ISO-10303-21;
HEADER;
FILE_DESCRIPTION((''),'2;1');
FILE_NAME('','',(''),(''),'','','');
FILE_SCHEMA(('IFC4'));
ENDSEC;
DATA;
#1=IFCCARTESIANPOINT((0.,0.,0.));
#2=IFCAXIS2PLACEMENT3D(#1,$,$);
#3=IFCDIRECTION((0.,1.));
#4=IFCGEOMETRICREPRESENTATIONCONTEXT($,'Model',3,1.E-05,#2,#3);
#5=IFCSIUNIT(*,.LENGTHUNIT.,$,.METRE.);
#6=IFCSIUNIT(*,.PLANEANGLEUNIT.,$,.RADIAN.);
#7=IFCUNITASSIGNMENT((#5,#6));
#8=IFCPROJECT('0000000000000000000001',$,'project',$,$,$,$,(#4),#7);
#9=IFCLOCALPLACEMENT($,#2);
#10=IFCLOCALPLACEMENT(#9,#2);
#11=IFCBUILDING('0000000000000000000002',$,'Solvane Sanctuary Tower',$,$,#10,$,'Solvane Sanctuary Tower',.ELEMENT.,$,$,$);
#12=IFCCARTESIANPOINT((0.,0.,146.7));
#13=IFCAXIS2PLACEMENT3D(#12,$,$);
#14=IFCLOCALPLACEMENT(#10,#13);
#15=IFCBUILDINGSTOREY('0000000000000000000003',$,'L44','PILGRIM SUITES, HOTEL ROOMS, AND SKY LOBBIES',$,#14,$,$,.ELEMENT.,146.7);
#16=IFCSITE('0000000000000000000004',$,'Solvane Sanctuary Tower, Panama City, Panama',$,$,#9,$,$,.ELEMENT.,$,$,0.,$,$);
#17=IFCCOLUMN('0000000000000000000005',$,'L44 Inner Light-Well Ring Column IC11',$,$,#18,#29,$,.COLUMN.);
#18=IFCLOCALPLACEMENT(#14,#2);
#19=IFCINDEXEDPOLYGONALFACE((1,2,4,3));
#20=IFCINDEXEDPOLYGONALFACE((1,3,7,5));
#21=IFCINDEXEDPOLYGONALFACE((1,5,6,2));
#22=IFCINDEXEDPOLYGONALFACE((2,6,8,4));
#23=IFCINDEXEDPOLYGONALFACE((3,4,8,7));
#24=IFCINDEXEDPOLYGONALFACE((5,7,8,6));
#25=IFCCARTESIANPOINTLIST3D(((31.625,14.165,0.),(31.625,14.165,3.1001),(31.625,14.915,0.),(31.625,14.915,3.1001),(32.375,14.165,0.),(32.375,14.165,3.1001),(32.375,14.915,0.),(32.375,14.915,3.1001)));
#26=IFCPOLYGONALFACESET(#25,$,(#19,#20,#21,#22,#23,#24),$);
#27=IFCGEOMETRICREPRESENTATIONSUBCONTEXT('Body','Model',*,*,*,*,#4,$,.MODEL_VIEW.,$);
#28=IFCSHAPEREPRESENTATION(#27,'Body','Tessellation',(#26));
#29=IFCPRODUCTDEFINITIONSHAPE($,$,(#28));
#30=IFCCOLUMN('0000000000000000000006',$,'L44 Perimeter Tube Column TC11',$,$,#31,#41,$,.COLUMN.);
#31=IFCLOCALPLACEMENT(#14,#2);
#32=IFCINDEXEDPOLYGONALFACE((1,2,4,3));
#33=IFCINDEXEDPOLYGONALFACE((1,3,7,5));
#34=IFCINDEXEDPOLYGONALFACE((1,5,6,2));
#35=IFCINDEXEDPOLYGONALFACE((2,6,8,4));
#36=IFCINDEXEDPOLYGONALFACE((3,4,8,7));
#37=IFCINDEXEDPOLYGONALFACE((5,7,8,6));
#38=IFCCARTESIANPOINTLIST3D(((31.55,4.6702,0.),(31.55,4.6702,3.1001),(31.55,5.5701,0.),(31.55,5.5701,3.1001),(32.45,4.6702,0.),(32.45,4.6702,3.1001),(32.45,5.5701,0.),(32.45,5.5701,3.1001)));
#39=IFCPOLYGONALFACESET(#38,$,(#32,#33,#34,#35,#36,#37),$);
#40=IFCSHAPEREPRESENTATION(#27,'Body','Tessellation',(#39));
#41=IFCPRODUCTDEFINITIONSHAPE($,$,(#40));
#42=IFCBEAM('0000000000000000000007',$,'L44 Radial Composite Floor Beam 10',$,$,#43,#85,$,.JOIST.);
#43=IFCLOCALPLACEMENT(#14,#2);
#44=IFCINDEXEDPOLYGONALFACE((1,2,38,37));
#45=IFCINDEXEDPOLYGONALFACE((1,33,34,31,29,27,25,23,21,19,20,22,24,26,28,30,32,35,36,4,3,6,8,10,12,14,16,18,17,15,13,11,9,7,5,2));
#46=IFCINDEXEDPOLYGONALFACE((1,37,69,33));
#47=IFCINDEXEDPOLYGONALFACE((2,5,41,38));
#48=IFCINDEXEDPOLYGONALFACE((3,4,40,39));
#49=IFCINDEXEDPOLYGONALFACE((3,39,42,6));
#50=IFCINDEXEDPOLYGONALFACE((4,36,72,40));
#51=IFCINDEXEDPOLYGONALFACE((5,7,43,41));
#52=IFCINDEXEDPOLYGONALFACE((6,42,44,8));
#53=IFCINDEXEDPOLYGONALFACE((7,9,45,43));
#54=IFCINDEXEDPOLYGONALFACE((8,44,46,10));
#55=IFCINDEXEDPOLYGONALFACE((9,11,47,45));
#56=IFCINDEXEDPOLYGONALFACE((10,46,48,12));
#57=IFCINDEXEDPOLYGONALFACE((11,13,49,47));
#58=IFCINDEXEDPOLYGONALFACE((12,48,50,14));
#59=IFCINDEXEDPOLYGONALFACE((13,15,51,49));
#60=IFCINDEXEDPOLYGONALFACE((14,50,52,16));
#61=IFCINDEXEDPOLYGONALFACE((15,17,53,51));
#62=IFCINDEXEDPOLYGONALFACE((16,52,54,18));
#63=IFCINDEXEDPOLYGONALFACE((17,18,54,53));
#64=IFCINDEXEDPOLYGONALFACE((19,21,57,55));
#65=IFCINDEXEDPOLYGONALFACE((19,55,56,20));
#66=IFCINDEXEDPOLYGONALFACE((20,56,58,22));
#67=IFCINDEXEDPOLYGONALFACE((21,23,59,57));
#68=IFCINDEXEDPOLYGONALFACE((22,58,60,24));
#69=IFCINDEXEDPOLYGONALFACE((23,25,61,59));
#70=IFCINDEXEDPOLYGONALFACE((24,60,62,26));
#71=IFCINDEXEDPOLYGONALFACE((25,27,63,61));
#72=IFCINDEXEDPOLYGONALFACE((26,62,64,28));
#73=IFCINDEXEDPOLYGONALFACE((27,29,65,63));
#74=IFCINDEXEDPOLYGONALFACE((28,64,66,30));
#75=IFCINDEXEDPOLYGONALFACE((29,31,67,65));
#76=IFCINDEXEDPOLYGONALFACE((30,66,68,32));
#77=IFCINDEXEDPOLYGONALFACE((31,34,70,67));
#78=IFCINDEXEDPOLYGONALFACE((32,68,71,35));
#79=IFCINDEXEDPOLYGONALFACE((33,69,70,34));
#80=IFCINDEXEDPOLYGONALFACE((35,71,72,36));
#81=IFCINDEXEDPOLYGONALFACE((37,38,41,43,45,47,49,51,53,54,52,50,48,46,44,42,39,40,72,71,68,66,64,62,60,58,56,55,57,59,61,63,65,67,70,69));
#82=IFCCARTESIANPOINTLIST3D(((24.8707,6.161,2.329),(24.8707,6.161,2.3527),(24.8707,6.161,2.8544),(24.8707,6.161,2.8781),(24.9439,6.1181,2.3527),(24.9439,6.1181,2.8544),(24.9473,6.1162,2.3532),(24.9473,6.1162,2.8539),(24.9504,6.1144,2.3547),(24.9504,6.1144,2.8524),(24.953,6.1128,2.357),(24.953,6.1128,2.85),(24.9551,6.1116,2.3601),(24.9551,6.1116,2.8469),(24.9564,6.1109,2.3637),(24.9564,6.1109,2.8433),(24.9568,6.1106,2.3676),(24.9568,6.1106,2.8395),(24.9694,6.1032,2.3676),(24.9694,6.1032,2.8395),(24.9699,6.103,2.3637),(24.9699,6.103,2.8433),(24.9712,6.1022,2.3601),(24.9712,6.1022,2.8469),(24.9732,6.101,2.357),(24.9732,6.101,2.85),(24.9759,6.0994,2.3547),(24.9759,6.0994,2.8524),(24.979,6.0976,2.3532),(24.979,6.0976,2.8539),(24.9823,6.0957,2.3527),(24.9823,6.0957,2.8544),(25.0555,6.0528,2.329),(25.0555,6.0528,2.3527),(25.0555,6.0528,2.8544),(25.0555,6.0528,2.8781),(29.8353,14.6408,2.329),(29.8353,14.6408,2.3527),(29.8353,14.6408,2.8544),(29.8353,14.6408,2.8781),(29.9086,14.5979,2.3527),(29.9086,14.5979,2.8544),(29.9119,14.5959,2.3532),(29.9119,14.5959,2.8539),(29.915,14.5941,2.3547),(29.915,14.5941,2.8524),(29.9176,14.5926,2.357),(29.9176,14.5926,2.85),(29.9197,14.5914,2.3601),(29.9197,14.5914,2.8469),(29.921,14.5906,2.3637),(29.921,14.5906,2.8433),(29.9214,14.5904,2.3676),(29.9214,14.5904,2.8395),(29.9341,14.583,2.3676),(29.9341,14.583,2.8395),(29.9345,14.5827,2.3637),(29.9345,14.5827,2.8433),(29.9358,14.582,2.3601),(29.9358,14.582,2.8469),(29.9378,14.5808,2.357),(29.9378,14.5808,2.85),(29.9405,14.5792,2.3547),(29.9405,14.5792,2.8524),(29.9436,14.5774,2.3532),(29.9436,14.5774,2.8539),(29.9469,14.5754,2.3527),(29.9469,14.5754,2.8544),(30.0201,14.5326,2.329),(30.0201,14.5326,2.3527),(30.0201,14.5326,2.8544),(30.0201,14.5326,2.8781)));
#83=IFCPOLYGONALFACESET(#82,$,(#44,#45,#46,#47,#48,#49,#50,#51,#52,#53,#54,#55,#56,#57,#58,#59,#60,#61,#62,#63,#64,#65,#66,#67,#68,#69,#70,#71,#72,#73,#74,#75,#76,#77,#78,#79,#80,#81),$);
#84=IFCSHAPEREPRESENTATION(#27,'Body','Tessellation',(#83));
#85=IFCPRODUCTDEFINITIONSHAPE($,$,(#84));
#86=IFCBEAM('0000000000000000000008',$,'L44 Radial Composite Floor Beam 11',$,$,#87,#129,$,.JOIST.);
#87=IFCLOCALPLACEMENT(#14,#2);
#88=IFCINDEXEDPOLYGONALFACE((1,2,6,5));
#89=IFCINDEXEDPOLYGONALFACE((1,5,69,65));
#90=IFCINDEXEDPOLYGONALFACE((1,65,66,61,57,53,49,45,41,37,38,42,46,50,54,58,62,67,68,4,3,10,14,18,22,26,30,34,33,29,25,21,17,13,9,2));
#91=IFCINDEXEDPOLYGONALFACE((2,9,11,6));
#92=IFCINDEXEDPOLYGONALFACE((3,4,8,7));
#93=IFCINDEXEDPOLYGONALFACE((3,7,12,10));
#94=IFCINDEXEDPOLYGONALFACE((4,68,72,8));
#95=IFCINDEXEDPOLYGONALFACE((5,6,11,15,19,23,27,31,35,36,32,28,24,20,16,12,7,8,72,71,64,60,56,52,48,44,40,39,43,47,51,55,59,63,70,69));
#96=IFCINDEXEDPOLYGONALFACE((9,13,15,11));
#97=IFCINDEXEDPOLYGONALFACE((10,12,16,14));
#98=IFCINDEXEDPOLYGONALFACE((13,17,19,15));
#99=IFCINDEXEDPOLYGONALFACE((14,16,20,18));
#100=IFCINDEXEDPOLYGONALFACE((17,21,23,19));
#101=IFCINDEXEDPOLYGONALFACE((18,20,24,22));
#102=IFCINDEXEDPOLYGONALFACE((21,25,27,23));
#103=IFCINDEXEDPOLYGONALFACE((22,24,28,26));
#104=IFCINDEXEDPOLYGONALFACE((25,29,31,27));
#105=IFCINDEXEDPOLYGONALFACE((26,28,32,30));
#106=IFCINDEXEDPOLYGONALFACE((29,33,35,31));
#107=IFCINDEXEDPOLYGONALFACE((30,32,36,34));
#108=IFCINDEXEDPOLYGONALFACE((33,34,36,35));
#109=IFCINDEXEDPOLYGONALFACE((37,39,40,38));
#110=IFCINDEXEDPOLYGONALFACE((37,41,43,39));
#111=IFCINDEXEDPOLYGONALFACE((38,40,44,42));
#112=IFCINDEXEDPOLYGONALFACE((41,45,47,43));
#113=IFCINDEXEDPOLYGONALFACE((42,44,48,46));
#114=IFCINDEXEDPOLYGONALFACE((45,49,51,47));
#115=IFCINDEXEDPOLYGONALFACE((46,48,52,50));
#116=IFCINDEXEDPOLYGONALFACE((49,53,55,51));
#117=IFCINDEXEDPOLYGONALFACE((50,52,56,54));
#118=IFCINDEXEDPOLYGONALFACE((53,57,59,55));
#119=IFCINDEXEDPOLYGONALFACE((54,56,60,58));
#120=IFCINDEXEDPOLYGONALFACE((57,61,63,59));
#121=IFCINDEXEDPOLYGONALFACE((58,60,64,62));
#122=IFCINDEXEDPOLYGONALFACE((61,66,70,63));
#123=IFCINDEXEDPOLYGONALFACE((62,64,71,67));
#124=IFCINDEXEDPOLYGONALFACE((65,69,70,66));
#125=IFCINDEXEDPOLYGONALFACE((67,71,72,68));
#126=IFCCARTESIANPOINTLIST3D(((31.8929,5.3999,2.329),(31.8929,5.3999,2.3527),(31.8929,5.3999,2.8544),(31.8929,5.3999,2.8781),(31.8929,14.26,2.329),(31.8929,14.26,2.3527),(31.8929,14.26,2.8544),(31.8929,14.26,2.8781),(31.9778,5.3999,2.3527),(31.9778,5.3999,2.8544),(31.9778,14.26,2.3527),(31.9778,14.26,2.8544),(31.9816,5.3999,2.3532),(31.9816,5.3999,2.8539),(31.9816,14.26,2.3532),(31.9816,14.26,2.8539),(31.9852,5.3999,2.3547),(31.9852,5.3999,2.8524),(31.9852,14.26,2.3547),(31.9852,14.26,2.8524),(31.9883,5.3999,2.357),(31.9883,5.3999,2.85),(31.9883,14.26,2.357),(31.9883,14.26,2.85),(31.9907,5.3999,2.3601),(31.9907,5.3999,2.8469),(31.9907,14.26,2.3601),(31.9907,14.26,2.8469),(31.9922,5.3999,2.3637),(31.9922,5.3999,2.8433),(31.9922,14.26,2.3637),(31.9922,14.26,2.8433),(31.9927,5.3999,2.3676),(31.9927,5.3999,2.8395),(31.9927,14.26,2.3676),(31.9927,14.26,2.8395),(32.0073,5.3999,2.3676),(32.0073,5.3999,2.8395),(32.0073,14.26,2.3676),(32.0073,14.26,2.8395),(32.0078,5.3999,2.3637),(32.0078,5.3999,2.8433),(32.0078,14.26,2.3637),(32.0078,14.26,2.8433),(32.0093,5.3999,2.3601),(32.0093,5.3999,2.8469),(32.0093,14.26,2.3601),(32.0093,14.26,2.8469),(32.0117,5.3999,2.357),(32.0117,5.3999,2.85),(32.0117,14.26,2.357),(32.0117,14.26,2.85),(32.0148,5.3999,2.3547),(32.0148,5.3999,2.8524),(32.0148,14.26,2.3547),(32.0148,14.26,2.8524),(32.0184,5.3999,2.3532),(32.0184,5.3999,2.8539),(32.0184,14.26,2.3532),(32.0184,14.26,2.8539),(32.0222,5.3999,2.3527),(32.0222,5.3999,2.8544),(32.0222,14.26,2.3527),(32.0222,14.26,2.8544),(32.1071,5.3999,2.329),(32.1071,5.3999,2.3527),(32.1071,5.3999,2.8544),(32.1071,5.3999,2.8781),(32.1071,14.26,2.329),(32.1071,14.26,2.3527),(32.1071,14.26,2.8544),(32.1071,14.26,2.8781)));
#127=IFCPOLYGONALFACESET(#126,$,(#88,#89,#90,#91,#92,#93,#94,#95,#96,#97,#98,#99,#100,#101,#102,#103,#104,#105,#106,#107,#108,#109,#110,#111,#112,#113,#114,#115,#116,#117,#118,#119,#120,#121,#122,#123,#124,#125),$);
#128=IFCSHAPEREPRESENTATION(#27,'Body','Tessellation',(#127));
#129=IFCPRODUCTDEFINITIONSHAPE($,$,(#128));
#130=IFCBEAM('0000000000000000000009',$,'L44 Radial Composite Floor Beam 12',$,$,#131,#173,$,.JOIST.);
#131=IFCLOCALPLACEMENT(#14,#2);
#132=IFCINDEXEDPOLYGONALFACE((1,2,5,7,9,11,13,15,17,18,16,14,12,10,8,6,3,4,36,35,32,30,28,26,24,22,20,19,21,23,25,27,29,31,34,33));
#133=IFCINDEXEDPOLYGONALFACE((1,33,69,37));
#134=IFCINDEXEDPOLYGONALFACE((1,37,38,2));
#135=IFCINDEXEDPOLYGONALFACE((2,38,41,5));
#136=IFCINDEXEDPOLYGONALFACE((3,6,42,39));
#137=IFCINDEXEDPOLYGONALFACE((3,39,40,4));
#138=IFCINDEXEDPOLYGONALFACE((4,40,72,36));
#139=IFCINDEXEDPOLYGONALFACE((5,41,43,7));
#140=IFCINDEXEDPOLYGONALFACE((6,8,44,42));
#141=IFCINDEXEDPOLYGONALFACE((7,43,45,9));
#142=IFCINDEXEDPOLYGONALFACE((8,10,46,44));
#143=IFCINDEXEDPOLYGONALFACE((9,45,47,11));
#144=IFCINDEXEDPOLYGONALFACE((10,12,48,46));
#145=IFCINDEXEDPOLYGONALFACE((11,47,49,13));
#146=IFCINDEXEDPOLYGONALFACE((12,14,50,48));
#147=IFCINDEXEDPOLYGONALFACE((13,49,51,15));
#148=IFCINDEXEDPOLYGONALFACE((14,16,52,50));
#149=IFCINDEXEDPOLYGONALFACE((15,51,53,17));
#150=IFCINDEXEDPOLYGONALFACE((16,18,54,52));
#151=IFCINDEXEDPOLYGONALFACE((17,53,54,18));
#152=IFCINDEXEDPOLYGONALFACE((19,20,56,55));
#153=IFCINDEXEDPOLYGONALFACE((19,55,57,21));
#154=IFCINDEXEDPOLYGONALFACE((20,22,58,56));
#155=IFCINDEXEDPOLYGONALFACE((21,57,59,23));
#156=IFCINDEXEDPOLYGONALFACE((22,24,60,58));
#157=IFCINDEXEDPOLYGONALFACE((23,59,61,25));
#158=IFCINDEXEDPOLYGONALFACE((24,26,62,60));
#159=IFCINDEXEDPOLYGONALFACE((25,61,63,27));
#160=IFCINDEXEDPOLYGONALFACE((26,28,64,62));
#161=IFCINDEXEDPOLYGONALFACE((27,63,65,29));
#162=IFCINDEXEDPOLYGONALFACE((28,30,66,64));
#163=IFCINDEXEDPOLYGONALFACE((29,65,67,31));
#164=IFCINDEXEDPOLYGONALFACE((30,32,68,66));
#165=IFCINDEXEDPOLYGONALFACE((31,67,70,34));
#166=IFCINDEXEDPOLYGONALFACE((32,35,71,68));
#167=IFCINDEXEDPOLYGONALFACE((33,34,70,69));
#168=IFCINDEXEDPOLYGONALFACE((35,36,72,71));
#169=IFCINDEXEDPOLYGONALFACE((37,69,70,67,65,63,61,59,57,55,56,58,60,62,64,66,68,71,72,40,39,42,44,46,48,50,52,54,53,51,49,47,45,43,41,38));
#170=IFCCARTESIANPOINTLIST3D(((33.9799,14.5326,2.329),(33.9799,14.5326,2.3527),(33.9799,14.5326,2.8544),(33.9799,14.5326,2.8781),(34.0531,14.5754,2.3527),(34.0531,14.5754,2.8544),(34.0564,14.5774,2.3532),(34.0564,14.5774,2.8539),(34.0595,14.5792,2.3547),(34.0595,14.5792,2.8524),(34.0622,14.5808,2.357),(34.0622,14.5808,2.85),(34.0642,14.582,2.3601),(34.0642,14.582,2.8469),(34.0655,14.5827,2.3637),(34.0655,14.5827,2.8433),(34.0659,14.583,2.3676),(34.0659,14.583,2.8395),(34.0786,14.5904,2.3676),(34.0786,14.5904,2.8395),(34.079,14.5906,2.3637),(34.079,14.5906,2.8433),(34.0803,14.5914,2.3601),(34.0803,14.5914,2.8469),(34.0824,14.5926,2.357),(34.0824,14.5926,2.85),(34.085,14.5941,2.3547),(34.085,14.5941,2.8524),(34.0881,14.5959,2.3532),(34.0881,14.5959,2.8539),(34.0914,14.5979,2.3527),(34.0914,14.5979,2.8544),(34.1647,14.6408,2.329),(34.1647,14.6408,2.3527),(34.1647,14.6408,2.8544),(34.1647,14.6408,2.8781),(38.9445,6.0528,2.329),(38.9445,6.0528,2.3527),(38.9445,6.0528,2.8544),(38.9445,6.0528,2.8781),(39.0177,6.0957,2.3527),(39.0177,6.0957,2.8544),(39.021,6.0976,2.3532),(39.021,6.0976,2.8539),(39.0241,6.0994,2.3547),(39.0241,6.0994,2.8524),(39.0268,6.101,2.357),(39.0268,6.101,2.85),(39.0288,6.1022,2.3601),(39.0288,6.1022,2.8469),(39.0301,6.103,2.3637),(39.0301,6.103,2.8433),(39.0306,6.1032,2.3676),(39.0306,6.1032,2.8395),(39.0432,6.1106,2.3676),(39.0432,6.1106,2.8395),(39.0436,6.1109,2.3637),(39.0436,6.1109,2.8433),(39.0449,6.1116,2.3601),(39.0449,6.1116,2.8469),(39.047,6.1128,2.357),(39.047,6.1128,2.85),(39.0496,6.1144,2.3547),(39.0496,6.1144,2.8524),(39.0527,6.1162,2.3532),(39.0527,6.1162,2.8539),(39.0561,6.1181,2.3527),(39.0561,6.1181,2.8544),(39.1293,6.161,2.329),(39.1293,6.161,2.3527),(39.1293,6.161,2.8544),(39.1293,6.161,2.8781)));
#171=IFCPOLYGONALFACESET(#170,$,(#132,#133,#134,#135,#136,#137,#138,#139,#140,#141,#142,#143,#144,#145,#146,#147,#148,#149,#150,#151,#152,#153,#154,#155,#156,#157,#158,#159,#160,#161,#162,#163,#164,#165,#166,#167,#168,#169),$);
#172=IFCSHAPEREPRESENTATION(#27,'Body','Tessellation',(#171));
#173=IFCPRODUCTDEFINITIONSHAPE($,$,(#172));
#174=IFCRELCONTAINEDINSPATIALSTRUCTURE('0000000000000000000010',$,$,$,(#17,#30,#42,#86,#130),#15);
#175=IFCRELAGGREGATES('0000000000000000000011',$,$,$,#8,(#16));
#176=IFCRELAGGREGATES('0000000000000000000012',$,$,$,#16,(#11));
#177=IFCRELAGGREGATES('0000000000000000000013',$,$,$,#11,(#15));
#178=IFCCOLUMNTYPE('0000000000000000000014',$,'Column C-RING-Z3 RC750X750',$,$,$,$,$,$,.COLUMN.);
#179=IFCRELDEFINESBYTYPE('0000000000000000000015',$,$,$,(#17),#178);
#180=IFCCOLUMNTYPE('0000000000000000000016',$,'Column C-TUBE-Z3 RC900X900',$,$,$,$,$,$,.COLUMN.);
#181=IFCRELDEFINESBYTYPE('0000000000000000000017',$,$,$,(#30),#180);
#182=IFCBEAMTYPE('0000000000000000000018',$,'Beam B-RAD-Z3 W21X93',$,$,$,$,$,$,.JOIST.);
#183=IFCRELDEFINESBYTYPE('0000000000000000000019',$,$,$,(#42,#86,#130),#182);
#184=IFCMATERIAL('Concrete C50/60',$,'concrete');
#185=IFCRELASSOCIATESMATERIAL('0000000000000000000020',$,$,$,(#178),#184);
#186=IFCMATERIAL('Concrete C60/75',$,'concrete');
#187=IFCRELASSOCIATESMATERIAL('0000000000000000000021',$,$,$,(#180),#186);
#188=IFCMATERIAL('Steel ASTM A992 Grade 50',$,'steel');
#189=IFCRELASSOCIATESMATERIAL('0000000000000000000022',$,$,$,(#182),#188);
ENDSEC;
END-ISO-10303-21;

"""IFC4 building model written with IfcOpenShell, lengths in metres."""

from ifc_helpers import new_model, si_unit, direction, frame, origin, origin_2d, place, context, subcontext, project, spatial, rectangle, i_section, extrude, material, material_profile, profile_set, type_object, element, save


model = new_model("IFC4")

# Units and contexts
model_context = context("Model", 3, precision=1e-05, world=origin(), true_north=direction((0.0, 1.0)))
body_context = subcontext(model_context, "Body", "Model", "MODEL_VIEW")
ifc_project = project(units=[si_unit("LENGTHUNIT", "METRE"), si_unit("PLANEANGLEUNIT", "RADIAN")], contexts=[model_context])

# Site, building, storey
site_placement = place(None, origin())
site = spatial("IfcSite", under=ifc_project, at=site_placement, Name="Solvane Sanctuary Tower, Panama City, Panama", CompositionType="ELEMENT", RefElevation=0.0)
building_placement = place(site_placement, origin())
building = spatial("IfcBuilding", under=site, at=building_placement, Name="Solvane Sanctuary Tower", LongName="Solvane Sanctuary Tower", CompositionType="ELEMENT")
storey_placement = place(building_placement, frame((0.0, 0.0, 146.7)))
storey = spatial("IfcBuildingStorey", under=building, at=storey_placement, Name="L44", Description="PILGRIM SUITES, HOTEL ROOMS, AND SKY LOBBIES", CompositionType="ELEMENT", Elevation=146.7)

# Columns
ifc_material_1 = material(Name="Concrete C50/60", Category="concrete")
ifc_material_profile_1 = material_profile(ifc_material_1, rectangle(XDim=0.75, YDim=0.75, at=origin_2d()), Name="RC750X750")
ifc_profile_set_1 = profile_set([ifc_material_profile_1], Name="Concrete C50/60")
column_type_1 = type_object("IfcColumnType", Name="Column C-RING-Z3 RC750X750", PredefinedType="COLUMN", material=ifc_profile_set_1)
column_1_placement = place(storey_placement, frame((32.0, 14.54, 0.0), z_axis=(0.0, 0.0, 1.0), x_axis=(1.0, 0.0, 0.0)))
element("IfcColumn", 1, at=column_1_placement, inside=storey, type_object=column_type_1, Name="L44 Inner Light-Well Ring Column IC11", PredefinedType="COLUMN", context=body_context, shape_type="SweptSolid", body=[
    extrude(rectangle(XDim=0.75, YDim=0.75, at=origin_2d()), origin(), (0.0, 0.0, 1.0), 3.1001),
])
ifc_material_2 = material(Name="Concrete C60/75", Category="concrete")
ifc_material_profile_2 = material_profile(ifc_material_2, rectangle(XDim=0.8999, YDim=0.8999, at=origin_2d()), Name="RC900X900")
ifc_profile_set_2 = profile_set([ifc_material_profile_2], Name="Concrete C60/75")
column_type_2 = type_object("IfcColumnType", Name="Column C-TUBE-Z3 RC900X900", PredefinedType="COLUMN", material=ifc_profile_set_2)
column_2_placement = place(storey_placement, frame((32.0, 5.1201, 0.0), z_axis=(0.0, 0.0, 1.0), x_axis=(0.0, -1.0, 0.0)))
element("IfcColumn", 2, at=column_2_placement, inside=storey, type_object=column_type_2, Name="L44 Perimeter Tube Column TC11", PredefinedType="COLUMN", context=body_context, shape_type="SweptSolid", body=[
    extrude(rectangle(XDim=0.8999, YDim=0.8999, at=origin_2d()), origin(), (0.0, 0.0, 1.0), 3.1001),
])

# Beams
ifc_material_3 = material(Name="Steel ASTM A992 Grade 50", Category="steel")
ifc_material_profile_3 = material_profile(ifc_material_3, i_section(OverallWidth=0.2141, OverallDepth=0.5491, WebThickness=0.0146, FlangeThickness=0.0237, FilletRadius=0.0149, at=origin_2d()), Name="W21X93")
ifc_profile_set_3 = profile_set([ifc_material_profile_3], Name="Steel ASTM A992 Grade 50")
beam_type_1 = type_object("IfcBeamType", Name="Beam B-RAD-Z3 W21X93", PredefinedType="JOIST", material=ifc_profile_set_3)
beam_1_placement = place(storey_placement, frame((29.9277, 14.5867, 2.6035), z_axis=(-0.505244, -0.862977, 0.0), x_axis=(0.862977, -0.505244, 0.0)))
element("IfcBeam", 3, at=beam_1_placement, inside=storey, type_object=beam_type_1, Name="L44 Radial Composite Floor Beam 10", PredefinedType="JOIST", context=body_context, shape_type="SweptSolid", body=[
    extrude(i_section(OverallWidth=0.2141, OverallDepth=0.5491, WebThickness=0.0146, FlangeThickness=0.0237, FilletRadius=0.0149, at=origin_2d()), origin(), (0.0, 0.0, 1.0), 9.8262),
])
beam_2_placement = place(storey_placement, frame((32.0, 14.26, 2.6035), z_axis=(0.0, -1.0, 0.0), x_axis=(1.0, 0.0, 0.0)))
element("IfcBeam", 4, at=beam_2_placement, inside=storey, type_object=beam_type_1, Name="L44 Radial Composite Floor Beam 11", PredefinedType="JOIST", context=body_context, shape_type="SweptSolid", body=[
    extrude(i_section(OverallWidth=0.2141, OverallDepth=0.5491, WebThickness=0.0146, FlangeThickness=0.0237, FilletRadius=0.0149, at=origin_2d()), origin(), (0.0, 0.0, 1.0), 8.8601),
])
beam_3_placement = place(storey_placement, frame((34.0723, 14.5867, 2.6035), z_axis=(0.505244, -0.862977, 0.0), x_axis=(0.862977, 0.505244, 0.0)))
element("IfcBeam", 5, at=beam_3_placement, inside=storey, type_object=beam_type_1, Name="L44 Radial Composite Floor Beam 12", PredefinedType="JOIST", context=body_context, shape_type="SweptSolid", body=[
    extrude(i_section(OverallWidth=0.2141, OverallDepth=0.5491, WebThickness=0.0146, FlangeThickness=0.0237, FilletRadius=0.0149, at=origin_2d()), origin(), (0.0, 0.0, 1.0), 9.8262),
])

save(model, "model.ifc")
